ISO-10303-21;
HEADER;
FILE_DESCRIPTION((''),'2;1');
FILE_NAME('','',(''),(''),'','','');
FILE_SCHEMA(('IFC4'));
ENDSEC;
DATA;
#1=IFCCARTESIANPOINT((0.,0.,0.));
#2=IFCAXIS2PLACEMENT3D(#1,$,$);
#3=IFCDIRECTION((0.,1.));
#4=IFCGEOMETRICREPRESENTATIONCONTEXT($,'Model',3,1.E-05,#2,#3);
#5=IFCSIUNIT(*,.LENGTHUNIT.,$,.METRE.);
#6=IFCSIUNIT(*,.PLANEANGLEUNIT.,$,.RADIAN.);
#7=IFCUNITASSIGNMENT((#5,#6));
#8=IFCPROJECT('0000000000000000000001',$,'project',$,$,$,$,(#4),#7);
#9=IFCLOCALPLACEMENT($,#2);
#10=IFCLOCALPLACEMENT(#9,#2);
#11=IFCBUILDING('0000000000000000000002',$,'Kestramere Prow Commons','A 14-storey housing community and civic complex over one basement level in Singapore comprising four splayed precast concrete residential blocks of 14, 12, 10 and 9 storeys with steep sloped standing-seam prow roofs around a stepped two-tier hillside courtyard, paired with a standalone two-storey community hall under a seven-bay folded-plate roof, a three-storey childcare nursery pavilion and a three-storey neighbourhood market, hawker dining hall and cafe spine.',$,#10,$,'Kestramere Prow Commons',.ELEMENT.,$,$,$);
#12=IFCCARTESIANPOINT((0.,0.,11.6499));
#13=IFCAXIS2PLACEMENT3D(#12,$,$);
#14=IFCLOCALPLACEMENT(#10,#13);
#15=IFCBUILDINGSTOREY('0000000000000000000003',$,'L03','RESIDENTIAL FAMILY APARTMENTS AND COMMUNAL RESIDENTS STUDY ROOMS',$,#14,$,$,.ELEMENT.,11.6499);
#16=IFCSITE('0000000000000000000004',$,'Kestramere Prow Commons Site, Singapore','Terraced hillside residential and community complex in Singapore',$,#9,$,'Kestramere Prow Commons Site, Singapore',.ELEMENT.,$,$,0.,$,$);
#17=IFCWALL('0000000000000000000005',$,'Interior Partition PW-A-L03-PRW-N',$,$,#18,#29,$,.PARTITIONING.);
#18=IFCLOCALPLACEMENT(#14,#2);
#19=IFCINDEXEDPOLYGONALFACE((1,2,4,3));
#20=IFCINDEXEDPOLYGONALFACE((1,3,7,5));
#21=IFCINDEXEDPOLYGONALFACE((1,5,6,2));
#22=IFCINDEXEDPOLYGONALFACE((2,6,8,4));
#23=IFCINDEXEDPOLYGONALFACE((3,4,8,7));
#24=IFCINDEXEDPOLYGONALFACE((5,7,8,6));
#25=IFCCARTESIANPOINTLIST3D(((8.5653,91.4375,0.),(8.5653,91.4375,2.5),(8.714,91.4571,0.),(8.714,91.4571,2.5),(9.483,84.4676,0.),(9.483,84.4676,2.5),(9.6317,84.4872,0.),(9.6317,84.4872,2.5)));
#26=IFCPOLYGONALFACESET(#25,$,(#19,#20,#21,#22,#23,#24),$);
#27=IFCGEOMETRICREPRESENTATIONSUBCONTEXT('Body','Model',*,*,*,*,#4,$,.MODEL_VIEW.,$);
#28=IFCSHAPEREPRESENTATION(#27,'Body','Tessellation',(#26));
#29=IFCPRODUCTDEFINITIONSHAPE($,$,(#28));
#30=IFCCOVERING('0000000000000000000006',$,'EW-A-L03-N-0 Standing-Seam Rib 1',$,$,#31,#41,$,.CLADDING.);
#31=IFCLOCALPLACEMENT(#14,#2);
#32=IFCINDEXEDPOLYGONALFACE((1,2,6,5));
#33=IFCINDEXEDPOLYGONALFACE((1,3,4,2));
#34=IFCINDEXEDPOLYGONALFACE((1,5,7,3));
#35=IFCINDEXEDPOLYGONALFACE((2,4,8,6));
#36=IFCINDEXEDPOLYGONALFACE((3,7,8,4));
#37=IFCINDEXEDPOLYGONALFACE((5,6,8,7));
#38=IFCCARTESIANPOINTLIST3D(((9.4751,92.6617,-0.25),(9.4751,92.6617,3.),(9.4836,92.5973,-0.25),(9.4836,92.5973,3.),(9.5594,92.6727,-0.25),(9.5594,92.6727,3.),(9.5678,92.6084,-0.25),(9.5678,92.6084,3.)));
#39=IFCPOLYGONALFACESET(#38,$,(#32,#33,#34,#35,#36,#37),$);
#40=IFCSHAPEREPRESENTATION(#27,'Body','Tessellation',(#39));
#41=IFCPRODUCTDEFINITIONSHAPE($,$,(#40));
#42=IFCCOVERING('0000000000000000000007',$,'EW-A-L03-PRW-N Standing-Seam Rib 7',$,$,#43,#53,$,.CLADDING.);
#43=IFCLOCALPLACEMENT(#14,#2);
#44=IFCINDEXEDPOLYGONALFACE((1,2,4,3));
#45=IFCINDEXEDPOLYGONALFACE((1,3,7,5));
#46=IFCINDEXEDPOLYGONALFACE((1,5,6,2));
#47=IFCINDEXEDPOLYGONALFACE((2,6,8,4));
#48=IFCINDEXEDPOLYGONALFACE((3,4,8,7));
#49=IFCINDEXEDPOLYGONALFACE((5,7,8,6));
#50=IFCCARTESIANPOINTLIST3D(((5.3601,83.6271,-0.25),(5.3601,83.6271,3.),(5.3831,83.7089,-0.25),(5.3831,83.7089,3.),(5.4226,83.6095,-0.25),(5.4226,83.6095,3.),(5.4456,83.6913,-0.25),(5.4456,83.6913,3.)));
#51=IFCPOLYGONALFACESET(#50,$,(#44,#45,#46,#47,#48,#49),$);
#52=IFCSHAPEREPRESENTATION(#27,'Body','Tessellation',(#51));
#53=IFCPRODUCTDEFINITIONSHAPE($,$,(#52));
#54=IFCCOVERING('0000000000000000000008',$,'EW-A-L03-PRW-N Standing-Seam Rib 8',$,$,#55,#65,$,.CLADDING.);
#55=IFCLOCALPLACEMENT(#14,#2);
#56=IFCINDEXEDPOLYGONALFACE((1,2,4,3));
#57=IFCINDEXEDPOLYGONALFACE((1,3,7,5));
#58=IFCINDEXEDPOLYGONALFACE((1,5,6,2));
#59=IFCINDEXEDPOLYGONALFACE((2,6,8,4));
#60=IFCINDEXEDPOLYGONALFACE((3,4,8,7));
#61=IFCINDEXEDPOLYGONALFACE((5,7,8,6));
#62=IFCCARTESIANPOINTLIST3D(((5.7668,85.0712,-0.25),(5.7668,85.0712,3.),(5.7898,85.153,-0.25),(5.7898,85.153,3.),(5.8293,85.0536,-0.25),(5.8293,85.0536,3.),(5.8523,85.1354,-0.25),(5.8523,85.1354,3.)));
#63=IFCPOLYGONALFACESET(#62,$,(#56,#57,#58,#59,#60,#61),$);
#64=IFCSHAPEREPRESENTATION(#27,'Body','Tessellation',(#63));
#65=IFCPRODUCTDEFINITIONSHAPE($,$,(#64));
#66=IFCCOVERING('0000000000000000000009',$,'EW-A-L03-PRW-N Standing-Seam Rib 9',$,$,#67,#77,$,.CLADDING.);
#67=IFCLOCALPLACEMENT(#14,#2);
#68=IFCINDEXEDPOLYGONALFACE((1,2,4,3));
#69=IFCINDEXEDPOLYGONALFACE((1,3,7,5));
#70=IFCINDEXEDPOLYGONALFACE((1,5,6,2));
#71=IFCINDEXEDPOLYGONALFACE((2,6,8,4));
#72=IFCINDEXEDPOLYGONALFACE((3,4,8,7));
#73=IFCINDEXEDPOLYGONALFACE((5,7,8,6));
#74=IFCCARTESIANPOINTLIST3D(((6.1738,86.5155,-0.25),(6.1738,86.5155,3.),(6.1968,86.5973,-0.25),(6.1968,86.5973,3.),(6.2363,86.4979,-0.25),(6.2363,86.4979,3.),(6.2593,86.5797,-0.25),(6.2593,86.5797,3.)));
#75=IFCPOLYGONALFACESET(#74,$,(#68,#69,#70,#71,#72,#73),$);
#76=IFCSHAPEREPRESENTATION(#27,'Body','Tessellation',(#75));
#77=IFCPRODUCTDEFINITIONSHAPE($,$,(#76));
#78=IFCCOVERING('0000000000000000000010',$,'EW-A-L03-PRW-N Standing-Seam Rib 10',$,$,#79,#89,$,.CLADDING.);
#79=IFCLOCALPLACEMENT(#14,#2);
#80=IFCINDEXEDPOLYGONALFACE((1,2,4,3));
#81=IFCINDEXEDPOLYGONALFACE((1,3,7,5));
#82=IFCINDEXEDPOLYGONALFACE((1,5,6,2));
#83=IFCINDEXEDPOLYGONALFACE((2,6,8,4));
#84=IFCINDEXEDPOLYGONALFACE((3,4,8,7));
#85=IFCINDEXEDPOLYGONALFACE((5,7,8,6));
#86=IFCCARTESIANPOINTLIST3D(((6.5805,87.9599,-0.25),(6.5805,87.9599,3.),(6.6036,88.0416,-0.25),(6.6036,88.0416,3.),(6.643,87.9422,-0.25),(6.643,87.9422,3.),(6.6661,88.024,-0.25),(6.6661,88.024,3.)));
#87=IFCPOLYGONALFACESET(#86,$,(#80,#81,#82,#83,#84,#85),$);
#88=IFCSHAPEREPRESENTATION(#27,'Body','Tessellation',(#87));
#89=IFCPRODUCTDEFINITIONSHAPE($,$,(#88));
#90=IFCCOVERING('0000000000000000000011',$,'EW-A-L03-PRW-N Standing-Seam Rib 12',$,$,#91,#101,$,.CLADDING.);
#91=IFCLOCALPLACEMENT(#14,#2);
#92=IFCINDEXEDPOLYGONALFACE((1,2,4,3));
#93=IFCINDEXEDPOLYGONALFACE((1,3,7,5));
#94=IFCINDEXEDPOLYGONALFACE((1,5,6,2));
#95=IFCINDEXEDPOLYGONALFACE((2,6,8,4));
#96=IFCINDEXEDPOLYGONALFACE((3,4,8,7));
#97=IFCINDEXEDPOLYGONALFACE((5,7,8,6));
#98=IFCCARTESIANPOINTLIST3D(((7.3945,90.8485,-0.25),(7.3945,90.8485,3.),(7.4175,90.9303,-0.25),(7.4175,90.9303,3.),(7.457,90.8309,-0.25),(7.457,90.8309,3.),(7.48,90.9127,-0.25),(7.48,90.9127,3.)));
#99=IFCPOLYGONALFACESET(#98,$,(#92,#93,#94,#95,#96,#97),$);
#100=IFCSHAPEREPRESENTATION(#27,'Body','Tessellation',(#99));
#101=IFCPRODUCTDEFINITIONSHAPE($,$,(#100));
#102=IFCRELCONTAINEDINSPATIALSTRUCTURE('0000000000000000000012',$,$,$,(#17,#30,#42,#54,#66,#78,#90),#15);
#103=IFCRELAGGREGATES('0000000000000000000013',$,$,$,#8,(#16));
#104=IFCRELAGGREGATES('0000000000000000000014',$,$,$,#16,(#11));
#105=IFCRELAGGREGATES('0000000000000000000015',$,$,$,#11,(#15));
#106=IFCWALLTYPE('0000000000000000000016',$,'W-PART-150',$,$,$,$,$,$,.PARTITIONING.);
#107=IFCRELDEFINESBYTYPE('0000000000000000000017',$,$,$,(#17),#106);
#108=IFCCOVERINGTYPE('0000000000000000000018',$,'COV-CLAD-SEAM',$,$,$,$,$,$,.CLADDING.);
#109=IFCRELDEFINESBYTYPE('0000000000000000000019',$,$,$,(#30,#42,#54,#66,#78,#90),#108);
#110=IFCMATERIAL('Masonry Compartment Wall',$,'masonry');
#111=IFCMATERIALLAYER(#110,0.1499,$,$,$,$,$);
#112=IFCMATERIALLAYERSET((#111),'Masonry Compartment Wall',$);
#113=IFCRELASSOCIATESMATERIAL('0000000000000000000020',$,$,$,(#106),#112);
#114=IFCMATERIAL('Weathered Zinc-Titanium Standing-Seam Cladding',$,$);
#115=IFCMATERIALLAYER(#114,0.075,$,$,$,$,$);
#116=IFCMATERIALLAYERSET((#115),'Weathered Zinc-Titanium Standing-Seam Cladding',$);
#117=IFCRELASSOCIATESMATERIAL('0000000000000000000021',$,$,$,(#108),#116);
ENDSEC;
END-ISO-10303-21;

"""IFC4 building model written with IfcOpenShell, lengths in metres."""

from ifc_helpers import new_model, si_unit, direction, frame, frame_2d, origin, origin_2d, place, context, subcontext, project, spatial, rectangle, extrude, material, layer, layer_set, type_object, element, save


model = new_model("IFC4")

# Units and contexts
model_context = context("Model", 3, precision=1e-05, world=origin(), true_north=direction((0.0, 1.0)))
body_context = subcontext(model_context, "Body", "Model", "MODEL_VIEW")
ifc_project = project(units=[si_unit("LENGTHUNIT", "METRE"), si_unit("PLANEANGLEUNIT", "RADIAN")], contexts=[model_context])

# Site, building, storey
site_placement = place(None, origin())
site = spatial("IfcSite", under=ifc_project, at=site_placement, Name="Kestramere Prow Commons Site, Singapore", Description="Terraced hillside residential and community complex in Singapore", LongName="Kestramere Prow Commons Site, Singapore", CompositionType="ELEMENT", RefElevation=0.0)
building_placement = place(site_placement, origin())
building = spatial("IfcBuilding", under=site, at=building_placement, Name="Kestramere Prow Commons", Description="A 14-storey housing community and civic complex over one basement level in Singapore comprising four splayed precast concrete residential blocks of 14, 12, 10 and 9 storeys with steep sloped standing-seam prow roofs around a stepped two-tier hillside courtyard, paired with a standalone two-storey community hall under a seven-bay folded-plate roof, a three-storey childcare nursery pavilion and a three-storey neighbourhood market, hawker dining hall and cafe spine.", LongName="Kestramere Prow Commons", CompositionType="ELEMENT")
storey_placement = place(building_placement, frame((0.0, 0.0, 11.6499)))
storey = spatial("IfcBuildingStorey", under=building, at=storey_placement, Name="L03", Description="RESIDENTIAL FAMILY APARTMENTS AND COMMUNAL RESIDENTS STUDY ROOMS", CompositionType="ELEMENT", Elevation=11.6499)

# Wall
ifc_material_1 = material(Name="Masonry Compartment Wall", Category="masonry")
ifc_layer_1 = layer(ifc_material_1, 0.1499)
ifc_layer_set_1 = layer_set([ifc_layer_1], Name="Masonry Compartment Wall")
wall_type_1 = type_object("IfcWallType", Name="W-PART-150", PredefinedType="PARTITIONING", material=ifc_layer_set_1)
wall_1_placement = place(storey_placement, frame((9.5574, 84.4773, 0.0), z_axis=(0.0, 0.0, 1.0), x_axis=(-0.130542, 0.991443, 0.0)))
element("IfcWall", 1, at=wall_1_placement, inside=storey, type_object=wall_type_1, Name="Interior Partition PW-A-L03-PRW-N", PredefinedType="PARTITIONING", context=body_context, shape_type="SweptSolid", body=[
    extrude(rectangle(XDim=7.03, YDim=0.1499, at=frame_2d((3.5151, 0.0))), origin(), (0.0, 0.0, 1.0), 2.5),
])

# Coverings
ifc_material_2 = material(Name="Weathered Zinc-Titanium Standing-Seam Cladding")
ifc_layer_2 = layer(ifc_material_2, 0.075)
ifc_layer_set_2 = layer_set([ifc_layer_2], Name="Weathered Zinc-Titanium Standing-Seam Cladding")
covering_type = type_object("IfcCoveringType", Name="COV-CLAD-SEAM", PredefinedType="CLADDING", material=ifc_layer_set_2)
for number, where, z_axis, x_axis, name in (
    (2, (9.5215, 92.635, -0.25), (0.0, 0.0, 1.0), (0.991445, 0.130526, 0.0), "EW-A-L03-N-0 Standing-Seam Rib 1"),
    (3, (5.4028, 83.6592, -0.25), (0.0, 0.0, 1.0), (0.27116, 0.962534, 0.0), "EW-A-L03-PRW-N Standing-Seam Rib 7"),
    (4, (5.8096, 85.1033, -0.25), (0.0, 0.0, 1.0), (0.27116, 0.962534, 0.0), "EW-A-L03-PRW-N Standing-Seam Rib 8"),
    (5, (6.2166, 86.5476, -0.25), (0.0, 0.0, 1.0), (0.27116, 0.962534, 0.0), "EW-A-L03-PRW-N Standing-Seam Rib 9"),
    (6, (6.6233, 87.9919, -0.25), (0.0, 0.0, 1.0), (0.27116, 0.962534, 0.0), "EW-A-L03-PRW-N Standing-Seam Rib 10"),
    (7, (7.4373, 90.8806, -0.25), (0.0, 0.0, 1.0), (0.27116, 0.962534, 0.0), "EW-A-L03-PRW-N Standing-Seam Rib 12"),
):
    element("IfcCovering", number, at=place(storey_placement, frame(where, z_axis=z_axis, x_axis=x_axis)), inside=storey, type_object=covering_type, Name=name, PredefinedType="CLADDING", context=body_context, shape_type="SweptSolid", body=[
        extrude(rectangle(XDim=0.085, YDim=0.0649, at=origin_2d()), origin(), (0.0, 0.0, 1.0), 3.25),
    ])

save(model, "model.ifc")
